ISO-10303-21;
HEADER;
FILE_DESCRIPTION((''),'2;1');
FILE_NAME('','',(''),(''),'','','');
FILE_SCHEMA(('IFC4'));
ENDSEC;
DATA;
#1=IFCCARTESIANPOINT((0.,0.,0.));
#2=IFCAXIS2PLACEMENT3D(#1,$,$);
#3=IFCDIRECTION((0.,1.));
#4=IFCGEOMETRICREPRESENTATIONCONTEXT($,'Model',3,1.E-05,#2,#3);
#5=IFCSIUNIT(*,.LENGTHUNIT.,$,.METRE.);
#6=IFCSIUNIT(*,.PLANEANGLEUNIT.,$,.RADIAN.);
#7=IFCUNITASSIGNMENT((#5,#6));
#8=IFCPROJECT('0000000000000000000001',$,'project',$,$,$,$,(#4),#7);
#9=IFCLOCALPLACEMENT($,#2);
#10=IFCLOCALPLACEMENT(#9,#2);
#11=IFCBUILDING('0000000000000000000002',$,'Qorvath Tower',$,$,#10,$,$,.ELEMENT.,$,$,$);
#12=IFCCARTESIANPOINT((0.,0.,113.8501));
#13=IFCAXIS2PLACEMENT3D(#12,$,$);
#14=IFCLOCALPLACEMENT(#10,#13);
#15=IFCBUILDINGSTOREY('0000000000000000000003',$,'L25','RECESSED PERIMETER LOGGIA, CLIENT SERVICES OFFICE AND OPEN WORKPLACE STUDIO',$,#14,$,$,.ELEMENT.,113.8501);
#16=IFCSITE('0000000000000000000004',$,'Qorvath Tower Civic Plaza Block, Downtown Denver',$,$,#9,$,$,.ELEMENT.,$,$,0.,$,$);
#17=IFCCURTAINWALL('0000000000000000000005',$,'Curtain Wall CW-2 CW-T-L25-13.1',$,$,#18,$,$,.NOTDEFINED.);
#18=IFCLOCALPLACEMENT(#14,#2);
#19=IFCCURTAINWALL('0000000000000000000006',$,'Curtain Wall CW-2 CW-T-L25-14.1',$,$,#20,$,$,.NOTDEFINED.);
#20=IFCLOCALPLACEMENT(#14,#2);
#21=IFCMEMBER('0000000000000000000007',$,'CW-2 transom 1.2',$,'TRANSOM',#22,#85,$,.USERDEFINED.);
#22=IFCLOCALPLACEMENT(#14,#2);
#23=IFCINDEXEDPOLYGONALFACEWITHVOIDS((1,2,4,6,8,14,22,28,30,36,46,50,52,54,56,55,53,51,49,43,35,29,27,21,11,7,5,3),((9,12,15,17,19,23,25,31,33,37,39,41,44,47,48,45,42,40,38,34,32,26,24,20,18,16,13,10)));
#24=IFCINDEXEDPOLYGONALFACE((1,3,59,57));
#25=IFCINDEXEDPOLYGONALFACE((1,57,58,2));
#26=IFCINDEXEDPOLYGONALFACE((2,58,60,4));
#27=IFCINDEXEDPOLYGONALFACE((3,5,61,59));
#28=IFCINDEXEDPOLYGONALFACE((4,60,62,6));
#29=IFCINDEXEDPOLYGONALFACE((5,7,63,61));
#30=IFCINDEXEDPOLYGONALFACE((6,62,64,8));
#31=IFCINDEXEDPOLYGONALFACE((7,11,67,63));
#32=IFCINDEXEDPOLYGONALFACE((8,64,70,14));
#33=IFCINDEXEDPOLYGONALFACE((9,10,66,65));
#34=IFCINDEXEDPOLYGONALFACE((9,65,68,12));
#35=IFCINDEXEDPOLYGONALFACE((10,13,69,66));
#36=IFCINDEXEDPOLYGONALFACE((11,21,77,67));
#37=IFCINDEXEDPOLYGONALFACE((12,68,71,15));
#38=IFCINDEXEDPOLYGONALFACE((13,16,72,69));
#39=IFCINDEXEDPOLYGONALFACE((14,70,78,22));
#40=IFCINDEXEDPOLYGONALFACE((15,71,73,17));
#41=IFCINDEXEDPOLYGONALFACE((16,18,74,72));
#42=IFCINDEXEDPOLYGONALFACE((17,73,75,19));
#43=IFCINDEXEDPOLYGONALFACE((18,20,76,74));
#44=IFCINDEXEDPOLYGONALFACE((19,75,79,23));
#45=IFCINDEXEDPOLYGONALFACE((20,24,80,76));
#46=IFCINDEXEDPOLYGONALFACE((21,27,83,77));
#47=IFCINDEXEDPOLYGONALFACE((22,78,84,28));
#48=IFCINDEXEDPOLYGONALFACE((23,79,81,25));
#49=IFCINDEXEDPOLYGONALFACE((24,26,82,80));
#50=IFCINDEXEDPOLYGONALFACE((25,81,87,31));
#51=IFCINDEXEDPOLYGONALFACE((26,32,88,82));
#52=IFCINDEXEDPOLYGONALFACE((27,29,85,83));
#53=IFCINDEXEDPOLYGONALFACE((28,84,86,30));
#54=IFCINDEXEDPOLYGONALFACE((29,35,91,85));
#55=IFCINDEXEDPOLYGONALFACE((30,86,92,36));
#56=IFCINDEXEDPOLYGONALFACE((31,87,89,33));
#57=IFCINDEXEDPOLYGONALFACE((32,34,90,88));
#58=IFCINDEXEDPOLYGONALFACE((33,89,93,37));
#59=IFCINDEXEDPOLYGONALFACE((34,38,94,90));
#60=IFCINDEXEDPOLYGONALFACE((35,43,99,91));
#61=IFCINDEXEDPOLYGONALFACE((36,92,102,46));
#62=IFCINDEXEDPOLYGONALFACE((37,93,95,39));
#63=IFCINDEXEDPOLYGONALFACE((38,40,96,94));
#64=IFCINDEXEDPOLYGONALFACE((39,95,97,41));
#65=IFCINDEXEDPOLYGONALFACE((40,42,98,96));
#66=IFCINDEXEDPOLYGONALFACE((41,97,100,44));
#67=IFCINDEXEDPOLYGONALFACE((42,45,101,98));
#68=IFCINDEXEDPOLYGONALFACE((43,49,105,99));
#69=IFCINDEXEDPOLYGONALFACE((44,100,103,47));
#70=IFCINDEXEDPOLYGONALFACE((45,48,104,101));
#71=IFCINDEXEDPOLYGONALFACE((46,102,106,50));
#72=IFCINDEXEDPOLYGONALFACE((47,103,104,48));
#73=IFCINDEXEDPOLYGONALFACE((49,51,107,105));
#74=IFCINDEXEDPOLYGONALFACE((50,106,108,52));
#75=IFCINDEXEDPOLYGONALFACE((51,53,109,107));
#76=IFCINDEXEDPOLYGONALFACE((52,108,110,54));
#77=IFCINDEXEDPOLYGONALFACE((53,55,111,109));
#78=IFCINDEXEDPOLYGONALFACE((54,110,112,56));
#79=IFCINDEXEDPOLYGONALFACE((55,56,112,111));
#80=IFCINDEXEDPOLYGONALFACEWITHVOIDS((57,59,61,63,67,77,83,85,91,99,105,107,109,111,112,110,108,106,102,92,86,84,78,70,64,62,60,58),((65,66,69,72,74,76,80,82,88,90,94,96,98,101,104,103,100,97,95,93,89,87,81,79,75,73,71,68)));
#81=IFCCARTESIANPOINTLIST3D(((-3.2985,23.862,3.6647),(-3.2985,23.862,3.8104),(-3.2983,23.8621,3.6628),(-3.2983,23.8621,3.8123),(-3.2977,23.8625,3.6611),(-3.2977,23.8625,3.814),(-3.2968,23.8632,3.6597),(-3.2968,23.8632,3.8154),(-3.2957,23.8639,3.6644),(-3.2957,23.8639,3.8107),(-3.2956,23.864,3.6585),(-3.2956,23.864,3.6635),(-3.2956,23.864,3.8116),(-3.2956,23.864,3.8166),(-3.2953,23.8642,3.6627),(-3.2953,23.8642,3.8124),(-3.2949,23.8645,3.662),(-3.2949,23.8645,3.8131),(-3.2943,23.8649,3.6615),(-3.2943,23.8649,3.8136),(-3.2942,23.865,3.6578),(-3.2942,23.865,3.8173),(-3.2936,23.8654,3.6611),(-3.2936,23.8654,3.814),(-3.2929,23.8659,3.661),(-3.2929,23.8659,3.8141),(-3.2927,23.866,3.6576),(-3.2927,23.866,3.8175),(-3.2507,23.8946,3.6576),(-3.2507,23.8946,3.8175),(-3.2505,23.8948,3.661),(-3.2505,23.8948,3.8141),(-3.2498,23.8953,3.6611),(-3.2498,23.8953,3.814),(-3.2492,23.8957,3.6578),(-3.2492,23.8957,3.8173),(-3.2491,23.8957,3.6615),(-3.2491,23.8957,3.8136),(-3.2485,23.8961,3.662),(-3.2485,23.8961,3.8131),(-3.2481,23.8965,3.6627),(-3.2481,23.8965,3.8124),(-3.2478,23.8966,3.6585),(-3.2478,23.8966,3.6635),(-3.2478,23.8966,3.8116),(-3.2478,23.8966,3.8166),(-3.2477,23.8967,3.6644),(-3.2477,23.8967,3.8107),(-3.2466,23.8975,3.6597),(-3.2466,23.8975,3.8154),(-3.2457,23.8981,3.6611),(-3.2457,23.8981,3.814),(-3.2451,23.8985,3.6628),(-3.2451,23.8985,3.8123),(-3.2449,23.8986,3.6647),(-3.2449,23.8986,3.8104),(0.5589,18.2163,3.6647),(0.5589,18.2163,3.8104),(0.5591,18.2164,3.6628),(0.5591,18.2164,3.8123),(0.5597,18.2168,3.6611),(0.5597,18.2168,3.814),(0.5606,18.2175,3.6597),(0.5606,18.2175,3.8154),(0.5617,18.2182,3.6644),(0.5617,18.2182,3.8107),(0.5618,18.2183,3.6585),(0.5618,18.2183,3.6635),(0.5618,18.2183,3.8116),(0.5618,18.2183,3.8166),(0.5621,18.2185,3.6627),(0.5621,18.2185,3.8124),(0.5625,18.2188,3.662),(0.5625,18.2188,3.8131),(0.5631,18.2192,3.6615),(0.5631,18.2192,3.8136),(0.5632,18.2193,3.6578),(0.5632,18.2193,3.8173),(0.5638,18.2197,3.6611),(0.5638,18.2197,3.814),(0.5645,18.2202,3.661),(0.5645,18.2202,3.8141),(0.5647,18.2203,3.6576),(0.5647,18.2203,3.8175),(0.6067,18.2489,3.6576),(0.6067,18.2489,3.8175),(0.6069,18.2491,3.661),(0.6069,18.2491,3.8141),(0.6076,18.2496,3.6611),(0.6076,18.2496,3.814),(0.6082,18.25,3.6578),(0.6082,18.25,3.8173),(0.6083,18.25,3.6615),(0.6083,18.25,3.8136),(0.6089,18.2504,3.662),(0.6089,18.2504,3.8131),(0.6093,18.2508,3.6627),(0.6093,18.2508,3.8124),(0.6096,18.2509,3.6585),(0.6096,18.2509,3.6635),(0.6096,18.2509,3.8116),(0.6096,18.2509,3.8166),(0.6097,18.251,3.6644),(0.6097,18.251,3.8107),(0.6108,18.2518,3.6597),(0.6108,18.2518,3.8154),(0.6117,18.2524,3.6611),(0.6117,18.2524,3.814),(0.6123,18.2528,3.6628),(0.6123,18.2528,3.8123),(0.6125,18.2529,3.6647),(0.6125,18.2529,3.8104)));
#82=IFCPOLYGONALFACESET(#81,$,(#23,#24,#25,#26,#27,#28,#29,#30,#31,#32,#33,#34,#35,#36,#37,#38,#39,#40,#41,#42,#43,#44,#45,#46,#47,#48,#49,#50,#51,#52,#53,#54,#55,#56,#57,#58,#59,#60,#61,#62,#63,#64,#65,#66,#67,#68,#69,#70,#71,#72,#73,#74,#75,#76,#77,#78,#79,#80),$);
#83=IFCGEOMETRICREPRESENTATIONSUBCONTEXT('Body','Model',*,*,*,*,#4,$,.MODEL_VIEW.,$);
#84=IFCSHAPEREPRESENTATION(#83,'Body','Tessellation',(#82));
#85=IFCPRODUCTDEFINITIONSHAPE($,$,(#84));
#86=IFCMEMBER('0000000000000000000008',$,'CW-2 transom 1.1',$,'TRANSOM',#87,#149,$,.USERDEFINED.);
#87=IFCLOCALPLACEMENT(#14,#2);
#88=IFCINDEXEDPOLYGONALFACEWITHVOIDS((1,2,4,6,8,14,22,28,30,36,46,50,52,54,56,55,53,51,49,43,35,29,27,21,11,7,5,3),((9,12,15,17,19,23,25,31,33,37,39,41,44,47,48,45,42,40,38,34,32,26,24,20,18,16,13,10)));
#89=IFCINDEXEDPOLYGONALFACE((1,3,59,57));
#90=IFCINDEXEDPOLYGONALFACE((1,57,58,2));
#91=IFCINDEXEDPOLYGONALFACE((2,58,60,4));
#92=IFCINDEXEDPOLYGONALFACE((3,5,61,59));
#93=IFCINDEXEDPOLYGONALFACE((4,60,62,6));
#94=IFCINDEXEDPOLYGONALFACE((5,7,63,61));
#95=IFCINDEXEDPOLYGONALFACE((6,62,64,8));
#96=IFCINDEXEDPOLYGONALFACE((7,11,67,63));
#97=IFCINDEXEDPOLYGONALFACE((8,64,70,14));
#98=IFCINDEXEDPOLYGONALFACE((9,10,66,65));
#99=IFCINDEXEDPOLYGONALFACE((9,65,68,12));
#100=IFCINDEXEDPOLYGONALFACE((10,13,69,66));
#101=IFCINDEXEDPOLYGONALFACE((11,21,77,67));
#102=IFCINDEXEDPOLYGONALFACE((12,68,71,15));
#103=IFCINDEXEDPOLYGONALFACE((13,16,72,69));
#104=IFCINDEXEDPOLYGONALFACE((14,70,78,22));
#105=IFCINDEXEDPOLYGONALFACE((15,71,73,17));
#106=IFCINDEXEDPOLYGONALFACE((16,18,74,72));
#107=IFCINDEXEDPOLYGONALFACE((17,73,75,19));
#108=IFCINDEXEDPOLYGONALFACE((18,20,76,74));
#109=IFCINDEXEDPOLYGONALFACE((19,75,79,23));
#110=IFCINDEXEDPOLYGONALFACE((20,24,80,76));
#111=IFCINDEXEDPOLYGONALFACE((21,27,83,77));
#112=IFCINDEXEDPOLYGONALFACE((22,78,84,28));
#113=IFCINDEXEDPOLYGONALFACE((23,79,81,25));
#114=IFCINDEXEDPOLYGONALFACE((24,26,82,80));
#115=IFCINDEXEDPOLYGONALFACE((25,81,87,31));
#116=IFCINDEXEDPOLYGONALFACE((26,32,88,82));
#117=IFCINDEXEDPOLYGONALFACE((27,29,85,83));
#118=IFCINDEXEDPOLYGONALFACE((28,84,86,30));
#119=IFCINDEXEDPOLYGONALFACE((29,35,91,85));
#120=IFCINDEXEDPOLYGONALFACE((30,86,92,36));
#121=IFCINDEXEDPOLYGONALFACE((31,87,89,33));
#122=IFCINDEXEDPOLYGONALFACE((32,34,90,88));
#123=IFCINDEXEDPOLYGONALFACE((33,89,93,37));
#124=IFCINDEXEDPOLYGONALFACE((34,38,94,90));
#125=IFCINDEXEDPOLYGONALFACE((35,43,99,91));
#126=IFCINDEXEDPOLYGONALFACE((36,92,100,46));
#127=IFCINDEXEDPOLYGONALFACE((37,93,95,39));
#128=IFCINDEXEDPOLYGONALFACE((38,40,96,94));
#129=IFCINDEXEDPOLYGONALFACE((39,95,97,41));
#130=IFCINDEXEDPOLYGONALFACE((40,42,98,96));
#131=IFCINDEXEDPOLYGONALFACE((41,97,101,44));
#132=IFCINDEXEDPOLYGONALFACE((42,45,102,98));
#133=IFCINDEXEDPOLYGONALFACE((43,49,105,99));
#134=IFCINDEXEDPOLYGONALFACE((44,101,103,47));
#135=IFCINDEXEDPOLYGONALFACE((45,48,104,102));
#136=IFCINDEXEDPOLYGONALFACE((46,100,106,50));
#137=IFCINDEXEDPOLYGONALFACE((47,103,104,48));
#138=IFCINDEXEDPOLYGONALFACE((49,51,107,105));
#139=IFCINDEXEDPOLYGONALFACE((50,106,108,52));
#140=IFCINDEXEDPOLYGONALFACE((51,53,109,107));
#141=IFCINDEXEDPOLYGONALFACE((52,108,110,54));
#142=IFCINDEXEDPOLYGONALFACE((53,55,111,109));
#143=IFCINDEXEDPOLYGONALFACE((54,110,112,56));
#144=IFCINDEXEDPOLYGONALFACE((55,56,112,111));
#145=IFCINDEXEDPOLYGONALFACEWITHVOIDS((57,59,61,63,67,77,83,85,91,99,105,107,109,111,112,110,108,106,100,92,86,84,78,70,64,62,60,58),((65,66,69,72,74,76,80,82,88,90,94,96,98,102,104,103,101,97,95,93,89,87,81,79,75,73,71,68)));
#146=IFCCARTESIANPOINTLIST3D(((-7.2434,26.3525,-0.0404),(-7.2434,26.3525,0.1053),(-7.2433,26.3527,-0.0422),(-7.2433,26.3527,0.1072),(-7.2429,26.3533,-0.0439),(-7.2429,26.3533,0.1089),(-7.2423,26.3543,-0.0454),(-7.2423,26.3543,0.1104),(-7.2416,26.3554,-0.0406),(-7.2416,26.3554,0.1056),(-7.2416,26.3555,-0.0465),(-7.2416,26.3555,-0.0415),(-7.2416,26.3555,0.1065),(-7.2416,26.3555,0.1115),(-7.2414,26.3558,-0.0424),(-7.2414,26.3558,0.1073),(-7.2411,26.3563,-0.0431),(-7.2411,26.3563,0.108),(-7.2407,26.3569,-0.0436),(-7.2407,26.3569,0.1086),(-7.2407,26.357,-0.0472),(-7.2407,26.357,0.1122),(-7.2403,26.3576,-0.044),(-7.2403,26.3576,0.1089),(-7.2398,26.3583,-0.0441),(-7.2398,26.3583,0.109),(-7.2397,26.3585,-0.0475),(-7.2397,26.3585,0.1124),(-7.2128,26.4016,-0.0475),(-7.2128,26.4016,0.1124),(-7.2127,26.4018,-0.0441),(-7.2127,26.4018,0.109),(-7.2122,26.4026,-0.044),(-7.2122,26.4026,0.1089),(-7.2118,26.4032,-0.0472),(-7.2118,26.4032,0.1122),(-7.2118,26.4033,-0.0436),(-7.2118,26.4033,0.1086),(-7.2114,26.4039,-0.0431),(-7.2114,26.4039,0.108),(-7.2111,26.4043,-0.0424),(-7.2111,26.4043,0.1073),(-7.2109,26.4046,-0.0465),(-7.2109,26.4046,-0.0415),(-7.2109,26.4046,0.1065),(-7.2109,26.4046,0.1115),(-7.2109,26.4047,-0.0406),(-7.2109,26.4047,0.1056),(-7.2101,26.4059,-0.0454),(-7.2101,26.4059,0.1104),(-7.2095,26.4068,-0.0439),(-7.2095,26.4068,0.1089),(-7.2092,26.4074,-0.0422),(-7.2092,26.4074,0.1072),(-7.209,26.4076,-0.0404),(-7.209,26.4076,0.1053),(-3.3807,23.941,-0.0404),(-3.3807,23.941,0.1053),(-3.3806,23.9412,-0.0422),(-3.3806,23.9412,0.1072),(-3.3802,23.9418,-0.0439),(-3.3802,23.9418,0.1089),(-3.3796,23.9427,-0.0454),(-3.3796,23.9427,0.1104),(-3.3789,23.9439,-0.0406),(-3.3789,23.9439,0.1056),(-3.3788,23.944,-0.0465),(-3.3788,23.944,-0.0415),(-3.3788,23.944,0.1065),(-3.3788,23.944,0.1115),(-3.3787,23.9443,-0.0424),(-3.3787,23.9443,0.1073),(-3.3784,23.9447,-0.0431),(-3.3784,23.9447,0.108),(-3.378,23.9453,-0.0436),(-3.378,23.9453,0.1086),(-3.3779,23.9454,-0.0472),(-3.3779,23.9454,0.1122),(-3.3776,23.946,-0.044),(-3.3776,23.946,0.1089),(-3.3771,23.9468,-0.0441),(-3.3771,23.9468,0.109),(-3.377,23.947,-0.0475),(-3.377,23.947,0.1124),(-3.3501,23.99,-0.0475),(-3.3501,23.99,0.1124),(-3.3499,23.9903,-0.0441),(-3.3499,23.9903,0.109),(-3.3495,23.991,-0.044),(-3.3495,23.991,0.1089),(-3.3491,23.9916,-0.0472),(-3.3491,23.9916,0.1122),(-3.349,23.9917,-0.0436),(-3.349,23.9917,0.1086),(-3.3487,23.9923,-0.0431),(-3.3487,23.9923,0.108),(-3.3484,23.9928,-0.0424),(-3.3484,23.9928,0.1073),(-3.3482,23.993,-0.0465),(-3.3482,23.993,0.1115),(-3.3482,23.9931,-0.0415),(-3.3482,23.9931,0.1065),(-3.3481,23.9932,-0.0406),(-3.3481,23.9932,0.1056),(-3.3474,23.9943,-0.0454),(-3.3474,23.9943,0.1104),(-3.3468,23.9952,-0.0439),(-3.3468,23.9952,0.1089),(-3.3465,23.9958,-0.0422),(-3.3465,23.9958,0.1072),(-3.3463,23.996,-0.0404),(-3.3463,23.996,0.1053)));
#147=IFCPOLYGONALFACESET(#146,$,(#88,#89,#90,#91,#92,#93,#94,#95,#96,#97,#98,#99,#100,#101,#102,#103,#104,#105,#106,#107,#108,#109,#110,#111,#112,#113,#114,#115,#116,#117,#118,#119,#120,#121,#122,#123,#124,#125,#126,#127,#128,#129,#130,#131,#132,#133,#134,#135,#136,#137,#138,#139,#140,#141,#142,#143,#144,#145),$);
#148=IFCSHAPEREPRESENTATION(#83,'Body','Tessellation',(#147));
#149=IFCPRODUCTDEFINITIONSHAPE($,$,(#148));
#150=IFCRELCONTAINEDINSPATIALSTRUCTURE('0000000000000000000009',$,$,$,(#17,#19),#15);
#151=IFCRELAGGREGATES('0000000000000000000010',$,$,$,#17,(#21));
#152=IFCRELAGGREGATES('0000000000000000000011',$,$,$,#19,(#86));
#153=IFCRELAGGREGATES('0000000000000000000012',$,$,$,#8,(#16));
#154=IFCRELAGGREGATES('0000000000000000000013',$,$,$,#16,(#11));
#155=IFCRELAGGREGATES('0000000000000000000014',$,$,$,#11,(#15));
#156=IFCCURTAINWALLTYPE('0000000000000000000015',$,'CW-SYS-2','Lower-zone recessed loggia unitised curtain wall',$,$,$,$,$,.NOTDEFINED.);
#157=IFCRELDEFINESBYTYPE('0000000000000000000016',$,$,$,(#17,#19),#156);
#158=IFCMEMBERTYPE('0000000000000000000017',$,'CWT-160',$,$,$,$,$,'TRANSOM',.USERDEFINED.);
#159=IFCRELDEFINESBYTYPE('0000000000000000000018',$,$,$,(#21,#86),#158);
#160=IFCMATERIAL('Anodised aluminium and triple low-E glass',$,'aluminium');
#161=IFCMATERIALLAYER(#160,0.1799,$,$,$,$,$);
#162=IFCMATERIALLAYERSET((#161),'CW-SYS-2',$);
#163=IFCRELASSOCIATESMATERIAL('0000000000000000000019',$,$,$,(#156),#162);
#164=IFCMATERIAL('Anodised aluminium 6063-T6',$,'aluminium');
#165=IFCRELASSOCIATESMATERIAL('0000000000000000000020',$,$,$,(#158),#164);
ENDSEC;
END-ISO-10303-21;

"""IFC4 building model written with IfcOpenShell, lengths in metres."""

from ifc_helpers import new_model, si_unit, direction, frame, origin, origin_2d, place, context, subcontext, project, spatial, hollow_rectangle, extrude, material, layer, layer_set, material_profile, profile_set, type_object, element, aggregate, save


model = new_model("IFC4")

# Units and contexts
model_context = context("Model", 3, precision=1e-05, world=origin(), true_north=direction((0.0, 1.0)))
body_context = subcontext(model_context, "Body", "Model", "MODEL_VIEW")
ifc_project = project(units=[si_unit("LENGTHUNIT", "METRE"), si_unit("PLANEANGLEUNIT", "RADIAN")], contexts=[model_context])

# Site, building, storey
site_placement = place(None, origin())
site = spatial("IfcSite", under=ifc_project, at=site_placement, Name="Qorvath Tower Civic Plaza Block, Downtown Denver", CompositionType="ELEMENT", RefElevation=0.0)
building_placement = place(site_placement, origin())
building = spatial("IfcBuilding", under=site, at=building_placement, Name="Qorvath Tower", CompositionType="ELEMENT")
storey_placement = place(building_placement, frame((0.0, 0.0, 113.8501)))
storey = spatial("IfcBuildingStorey", under=building, at=storey_placement, Name="L25", Description="RECESSED PERIMETER LOGGIA, CLIENT SERVICES OFFICE AND OPEN WORKPLACE STUDIO", CompositionType="ELEMENT", Elevation=113.8501)

# Curtain wall
ifc_material_1 = material(Name="Anodised aluminium and triple low-E glass", Category="aluminium")
ifc_layer_1 = layer(ifc_material_1, 0.1799)
ifc_layer_set_1 = layer_set([ifc_layer_1], Name="CW-SYS-2")
curtain_wall_type = type_object("IfcCurtainWallType", Name="CW-SYS-2", Description="Lower-zone recessed loggia unitised curtain wall", PredefinedType="NOTDEFINED", material=ifc_layer_set_1)
curtain_wall_1_placement = place(storey_placement, origin())
curtain_wall_1 = element("IfcCurtainWall", 1, at=curtain_wall_1_placement, inside=storey, type_object=curtain_wall_type, Name="Curtain Wall CW-2 CW-T-L25-13.1", PredefinedType="NOTDEFINED")

# Curtain wall
curtain_wall_2_placement = place(storey_placement, origin())
curtain_wall_2 = element("IfcCurtainWall", 2, at=curtain_wall_2_placement, inside=storey, type_object=curtain_wall_type, Name="Curtain Wall CW-2 CW-T-L25-14.1", PredefinedType="NOTDEFINED")

# Members
ifc_material_2 = material(Name="Anodised aluminium 6063-T6", Category="aluminium")
ifc_material_profile_1 = material_profile(ifc_material_2, hollow_rectangle(XDim=0.0649, YDim=0.1599, WallThickness=0.0034, InnerFilletRadius=0.0034, OuterFilletRadius=0.0071, at=origin_2d()), Name="CWT 160x65")
ifc_profile_set_1 = profile_set([ifc_material_profile_1], Name="Anodised aluminium 6063-T6")
member_type_1 = type_object("IfcMemberType", Name="CWT-160", ElementType="TRANSOM", PredefinedType="USERDEFINED", material=ifc_profile_set_1)
member_1_placement = place(storey_placement, frame((0.5857, 18.2346, 3.7375), z_axis=(-0.56414, 0.825679, 0.0), x_axis=(-0.825679, -0.56414, 0.0)))
member_1 = element("IfcMember", 3, at=member_1_placement, type_object=member_type_1, Name="CW-2 transom 1.2", ObjectType="TRANSOM", PredefinedType="USERDEFINED", context=body_context, shape_type="SweptSolid", body=[
    extrude(hollow_rectangle(XDim=0.0649, YDim=0.1599, WallThickness=0.0034, InnerFilletRadius=0.0034, OuterFilletRadius=0.0071, at=origin_2d()), origin(), (0.0, 0.0, 1.0), 6.8376),
])
member_2_placement = place(storey_placement, frame((-3.3635, 23.9685, 0.0325), z_axis=(-0.848257, 0.529584, 0.0), x_axis=(-0.529584, -0.848257, 0.0)))
member_2 = element("IfcMember", 4, at=member_2_placement, type_object=member_type_1, Name="CW-2 transom 1.1", ObjectType="TRANSOM", PredefinedType="USERDEFINED", context=body_context, shape_type="SweptSolid", body=[
    extrude(hollow_rectangle(XDim=0.0649, YDim=0.1599, WallThickness=0.0034, InnerFilletRadius=0.0034, OuterFilletRadius=0.0071, at=origin_2d()), origin(), (0.0, 0.0, 1.0), 4.5537),
])

aggregate(curtain_wall_1, [member_1])
aggregate(curtain_wall_2, [member_2])

save(model, "model.ifc")
